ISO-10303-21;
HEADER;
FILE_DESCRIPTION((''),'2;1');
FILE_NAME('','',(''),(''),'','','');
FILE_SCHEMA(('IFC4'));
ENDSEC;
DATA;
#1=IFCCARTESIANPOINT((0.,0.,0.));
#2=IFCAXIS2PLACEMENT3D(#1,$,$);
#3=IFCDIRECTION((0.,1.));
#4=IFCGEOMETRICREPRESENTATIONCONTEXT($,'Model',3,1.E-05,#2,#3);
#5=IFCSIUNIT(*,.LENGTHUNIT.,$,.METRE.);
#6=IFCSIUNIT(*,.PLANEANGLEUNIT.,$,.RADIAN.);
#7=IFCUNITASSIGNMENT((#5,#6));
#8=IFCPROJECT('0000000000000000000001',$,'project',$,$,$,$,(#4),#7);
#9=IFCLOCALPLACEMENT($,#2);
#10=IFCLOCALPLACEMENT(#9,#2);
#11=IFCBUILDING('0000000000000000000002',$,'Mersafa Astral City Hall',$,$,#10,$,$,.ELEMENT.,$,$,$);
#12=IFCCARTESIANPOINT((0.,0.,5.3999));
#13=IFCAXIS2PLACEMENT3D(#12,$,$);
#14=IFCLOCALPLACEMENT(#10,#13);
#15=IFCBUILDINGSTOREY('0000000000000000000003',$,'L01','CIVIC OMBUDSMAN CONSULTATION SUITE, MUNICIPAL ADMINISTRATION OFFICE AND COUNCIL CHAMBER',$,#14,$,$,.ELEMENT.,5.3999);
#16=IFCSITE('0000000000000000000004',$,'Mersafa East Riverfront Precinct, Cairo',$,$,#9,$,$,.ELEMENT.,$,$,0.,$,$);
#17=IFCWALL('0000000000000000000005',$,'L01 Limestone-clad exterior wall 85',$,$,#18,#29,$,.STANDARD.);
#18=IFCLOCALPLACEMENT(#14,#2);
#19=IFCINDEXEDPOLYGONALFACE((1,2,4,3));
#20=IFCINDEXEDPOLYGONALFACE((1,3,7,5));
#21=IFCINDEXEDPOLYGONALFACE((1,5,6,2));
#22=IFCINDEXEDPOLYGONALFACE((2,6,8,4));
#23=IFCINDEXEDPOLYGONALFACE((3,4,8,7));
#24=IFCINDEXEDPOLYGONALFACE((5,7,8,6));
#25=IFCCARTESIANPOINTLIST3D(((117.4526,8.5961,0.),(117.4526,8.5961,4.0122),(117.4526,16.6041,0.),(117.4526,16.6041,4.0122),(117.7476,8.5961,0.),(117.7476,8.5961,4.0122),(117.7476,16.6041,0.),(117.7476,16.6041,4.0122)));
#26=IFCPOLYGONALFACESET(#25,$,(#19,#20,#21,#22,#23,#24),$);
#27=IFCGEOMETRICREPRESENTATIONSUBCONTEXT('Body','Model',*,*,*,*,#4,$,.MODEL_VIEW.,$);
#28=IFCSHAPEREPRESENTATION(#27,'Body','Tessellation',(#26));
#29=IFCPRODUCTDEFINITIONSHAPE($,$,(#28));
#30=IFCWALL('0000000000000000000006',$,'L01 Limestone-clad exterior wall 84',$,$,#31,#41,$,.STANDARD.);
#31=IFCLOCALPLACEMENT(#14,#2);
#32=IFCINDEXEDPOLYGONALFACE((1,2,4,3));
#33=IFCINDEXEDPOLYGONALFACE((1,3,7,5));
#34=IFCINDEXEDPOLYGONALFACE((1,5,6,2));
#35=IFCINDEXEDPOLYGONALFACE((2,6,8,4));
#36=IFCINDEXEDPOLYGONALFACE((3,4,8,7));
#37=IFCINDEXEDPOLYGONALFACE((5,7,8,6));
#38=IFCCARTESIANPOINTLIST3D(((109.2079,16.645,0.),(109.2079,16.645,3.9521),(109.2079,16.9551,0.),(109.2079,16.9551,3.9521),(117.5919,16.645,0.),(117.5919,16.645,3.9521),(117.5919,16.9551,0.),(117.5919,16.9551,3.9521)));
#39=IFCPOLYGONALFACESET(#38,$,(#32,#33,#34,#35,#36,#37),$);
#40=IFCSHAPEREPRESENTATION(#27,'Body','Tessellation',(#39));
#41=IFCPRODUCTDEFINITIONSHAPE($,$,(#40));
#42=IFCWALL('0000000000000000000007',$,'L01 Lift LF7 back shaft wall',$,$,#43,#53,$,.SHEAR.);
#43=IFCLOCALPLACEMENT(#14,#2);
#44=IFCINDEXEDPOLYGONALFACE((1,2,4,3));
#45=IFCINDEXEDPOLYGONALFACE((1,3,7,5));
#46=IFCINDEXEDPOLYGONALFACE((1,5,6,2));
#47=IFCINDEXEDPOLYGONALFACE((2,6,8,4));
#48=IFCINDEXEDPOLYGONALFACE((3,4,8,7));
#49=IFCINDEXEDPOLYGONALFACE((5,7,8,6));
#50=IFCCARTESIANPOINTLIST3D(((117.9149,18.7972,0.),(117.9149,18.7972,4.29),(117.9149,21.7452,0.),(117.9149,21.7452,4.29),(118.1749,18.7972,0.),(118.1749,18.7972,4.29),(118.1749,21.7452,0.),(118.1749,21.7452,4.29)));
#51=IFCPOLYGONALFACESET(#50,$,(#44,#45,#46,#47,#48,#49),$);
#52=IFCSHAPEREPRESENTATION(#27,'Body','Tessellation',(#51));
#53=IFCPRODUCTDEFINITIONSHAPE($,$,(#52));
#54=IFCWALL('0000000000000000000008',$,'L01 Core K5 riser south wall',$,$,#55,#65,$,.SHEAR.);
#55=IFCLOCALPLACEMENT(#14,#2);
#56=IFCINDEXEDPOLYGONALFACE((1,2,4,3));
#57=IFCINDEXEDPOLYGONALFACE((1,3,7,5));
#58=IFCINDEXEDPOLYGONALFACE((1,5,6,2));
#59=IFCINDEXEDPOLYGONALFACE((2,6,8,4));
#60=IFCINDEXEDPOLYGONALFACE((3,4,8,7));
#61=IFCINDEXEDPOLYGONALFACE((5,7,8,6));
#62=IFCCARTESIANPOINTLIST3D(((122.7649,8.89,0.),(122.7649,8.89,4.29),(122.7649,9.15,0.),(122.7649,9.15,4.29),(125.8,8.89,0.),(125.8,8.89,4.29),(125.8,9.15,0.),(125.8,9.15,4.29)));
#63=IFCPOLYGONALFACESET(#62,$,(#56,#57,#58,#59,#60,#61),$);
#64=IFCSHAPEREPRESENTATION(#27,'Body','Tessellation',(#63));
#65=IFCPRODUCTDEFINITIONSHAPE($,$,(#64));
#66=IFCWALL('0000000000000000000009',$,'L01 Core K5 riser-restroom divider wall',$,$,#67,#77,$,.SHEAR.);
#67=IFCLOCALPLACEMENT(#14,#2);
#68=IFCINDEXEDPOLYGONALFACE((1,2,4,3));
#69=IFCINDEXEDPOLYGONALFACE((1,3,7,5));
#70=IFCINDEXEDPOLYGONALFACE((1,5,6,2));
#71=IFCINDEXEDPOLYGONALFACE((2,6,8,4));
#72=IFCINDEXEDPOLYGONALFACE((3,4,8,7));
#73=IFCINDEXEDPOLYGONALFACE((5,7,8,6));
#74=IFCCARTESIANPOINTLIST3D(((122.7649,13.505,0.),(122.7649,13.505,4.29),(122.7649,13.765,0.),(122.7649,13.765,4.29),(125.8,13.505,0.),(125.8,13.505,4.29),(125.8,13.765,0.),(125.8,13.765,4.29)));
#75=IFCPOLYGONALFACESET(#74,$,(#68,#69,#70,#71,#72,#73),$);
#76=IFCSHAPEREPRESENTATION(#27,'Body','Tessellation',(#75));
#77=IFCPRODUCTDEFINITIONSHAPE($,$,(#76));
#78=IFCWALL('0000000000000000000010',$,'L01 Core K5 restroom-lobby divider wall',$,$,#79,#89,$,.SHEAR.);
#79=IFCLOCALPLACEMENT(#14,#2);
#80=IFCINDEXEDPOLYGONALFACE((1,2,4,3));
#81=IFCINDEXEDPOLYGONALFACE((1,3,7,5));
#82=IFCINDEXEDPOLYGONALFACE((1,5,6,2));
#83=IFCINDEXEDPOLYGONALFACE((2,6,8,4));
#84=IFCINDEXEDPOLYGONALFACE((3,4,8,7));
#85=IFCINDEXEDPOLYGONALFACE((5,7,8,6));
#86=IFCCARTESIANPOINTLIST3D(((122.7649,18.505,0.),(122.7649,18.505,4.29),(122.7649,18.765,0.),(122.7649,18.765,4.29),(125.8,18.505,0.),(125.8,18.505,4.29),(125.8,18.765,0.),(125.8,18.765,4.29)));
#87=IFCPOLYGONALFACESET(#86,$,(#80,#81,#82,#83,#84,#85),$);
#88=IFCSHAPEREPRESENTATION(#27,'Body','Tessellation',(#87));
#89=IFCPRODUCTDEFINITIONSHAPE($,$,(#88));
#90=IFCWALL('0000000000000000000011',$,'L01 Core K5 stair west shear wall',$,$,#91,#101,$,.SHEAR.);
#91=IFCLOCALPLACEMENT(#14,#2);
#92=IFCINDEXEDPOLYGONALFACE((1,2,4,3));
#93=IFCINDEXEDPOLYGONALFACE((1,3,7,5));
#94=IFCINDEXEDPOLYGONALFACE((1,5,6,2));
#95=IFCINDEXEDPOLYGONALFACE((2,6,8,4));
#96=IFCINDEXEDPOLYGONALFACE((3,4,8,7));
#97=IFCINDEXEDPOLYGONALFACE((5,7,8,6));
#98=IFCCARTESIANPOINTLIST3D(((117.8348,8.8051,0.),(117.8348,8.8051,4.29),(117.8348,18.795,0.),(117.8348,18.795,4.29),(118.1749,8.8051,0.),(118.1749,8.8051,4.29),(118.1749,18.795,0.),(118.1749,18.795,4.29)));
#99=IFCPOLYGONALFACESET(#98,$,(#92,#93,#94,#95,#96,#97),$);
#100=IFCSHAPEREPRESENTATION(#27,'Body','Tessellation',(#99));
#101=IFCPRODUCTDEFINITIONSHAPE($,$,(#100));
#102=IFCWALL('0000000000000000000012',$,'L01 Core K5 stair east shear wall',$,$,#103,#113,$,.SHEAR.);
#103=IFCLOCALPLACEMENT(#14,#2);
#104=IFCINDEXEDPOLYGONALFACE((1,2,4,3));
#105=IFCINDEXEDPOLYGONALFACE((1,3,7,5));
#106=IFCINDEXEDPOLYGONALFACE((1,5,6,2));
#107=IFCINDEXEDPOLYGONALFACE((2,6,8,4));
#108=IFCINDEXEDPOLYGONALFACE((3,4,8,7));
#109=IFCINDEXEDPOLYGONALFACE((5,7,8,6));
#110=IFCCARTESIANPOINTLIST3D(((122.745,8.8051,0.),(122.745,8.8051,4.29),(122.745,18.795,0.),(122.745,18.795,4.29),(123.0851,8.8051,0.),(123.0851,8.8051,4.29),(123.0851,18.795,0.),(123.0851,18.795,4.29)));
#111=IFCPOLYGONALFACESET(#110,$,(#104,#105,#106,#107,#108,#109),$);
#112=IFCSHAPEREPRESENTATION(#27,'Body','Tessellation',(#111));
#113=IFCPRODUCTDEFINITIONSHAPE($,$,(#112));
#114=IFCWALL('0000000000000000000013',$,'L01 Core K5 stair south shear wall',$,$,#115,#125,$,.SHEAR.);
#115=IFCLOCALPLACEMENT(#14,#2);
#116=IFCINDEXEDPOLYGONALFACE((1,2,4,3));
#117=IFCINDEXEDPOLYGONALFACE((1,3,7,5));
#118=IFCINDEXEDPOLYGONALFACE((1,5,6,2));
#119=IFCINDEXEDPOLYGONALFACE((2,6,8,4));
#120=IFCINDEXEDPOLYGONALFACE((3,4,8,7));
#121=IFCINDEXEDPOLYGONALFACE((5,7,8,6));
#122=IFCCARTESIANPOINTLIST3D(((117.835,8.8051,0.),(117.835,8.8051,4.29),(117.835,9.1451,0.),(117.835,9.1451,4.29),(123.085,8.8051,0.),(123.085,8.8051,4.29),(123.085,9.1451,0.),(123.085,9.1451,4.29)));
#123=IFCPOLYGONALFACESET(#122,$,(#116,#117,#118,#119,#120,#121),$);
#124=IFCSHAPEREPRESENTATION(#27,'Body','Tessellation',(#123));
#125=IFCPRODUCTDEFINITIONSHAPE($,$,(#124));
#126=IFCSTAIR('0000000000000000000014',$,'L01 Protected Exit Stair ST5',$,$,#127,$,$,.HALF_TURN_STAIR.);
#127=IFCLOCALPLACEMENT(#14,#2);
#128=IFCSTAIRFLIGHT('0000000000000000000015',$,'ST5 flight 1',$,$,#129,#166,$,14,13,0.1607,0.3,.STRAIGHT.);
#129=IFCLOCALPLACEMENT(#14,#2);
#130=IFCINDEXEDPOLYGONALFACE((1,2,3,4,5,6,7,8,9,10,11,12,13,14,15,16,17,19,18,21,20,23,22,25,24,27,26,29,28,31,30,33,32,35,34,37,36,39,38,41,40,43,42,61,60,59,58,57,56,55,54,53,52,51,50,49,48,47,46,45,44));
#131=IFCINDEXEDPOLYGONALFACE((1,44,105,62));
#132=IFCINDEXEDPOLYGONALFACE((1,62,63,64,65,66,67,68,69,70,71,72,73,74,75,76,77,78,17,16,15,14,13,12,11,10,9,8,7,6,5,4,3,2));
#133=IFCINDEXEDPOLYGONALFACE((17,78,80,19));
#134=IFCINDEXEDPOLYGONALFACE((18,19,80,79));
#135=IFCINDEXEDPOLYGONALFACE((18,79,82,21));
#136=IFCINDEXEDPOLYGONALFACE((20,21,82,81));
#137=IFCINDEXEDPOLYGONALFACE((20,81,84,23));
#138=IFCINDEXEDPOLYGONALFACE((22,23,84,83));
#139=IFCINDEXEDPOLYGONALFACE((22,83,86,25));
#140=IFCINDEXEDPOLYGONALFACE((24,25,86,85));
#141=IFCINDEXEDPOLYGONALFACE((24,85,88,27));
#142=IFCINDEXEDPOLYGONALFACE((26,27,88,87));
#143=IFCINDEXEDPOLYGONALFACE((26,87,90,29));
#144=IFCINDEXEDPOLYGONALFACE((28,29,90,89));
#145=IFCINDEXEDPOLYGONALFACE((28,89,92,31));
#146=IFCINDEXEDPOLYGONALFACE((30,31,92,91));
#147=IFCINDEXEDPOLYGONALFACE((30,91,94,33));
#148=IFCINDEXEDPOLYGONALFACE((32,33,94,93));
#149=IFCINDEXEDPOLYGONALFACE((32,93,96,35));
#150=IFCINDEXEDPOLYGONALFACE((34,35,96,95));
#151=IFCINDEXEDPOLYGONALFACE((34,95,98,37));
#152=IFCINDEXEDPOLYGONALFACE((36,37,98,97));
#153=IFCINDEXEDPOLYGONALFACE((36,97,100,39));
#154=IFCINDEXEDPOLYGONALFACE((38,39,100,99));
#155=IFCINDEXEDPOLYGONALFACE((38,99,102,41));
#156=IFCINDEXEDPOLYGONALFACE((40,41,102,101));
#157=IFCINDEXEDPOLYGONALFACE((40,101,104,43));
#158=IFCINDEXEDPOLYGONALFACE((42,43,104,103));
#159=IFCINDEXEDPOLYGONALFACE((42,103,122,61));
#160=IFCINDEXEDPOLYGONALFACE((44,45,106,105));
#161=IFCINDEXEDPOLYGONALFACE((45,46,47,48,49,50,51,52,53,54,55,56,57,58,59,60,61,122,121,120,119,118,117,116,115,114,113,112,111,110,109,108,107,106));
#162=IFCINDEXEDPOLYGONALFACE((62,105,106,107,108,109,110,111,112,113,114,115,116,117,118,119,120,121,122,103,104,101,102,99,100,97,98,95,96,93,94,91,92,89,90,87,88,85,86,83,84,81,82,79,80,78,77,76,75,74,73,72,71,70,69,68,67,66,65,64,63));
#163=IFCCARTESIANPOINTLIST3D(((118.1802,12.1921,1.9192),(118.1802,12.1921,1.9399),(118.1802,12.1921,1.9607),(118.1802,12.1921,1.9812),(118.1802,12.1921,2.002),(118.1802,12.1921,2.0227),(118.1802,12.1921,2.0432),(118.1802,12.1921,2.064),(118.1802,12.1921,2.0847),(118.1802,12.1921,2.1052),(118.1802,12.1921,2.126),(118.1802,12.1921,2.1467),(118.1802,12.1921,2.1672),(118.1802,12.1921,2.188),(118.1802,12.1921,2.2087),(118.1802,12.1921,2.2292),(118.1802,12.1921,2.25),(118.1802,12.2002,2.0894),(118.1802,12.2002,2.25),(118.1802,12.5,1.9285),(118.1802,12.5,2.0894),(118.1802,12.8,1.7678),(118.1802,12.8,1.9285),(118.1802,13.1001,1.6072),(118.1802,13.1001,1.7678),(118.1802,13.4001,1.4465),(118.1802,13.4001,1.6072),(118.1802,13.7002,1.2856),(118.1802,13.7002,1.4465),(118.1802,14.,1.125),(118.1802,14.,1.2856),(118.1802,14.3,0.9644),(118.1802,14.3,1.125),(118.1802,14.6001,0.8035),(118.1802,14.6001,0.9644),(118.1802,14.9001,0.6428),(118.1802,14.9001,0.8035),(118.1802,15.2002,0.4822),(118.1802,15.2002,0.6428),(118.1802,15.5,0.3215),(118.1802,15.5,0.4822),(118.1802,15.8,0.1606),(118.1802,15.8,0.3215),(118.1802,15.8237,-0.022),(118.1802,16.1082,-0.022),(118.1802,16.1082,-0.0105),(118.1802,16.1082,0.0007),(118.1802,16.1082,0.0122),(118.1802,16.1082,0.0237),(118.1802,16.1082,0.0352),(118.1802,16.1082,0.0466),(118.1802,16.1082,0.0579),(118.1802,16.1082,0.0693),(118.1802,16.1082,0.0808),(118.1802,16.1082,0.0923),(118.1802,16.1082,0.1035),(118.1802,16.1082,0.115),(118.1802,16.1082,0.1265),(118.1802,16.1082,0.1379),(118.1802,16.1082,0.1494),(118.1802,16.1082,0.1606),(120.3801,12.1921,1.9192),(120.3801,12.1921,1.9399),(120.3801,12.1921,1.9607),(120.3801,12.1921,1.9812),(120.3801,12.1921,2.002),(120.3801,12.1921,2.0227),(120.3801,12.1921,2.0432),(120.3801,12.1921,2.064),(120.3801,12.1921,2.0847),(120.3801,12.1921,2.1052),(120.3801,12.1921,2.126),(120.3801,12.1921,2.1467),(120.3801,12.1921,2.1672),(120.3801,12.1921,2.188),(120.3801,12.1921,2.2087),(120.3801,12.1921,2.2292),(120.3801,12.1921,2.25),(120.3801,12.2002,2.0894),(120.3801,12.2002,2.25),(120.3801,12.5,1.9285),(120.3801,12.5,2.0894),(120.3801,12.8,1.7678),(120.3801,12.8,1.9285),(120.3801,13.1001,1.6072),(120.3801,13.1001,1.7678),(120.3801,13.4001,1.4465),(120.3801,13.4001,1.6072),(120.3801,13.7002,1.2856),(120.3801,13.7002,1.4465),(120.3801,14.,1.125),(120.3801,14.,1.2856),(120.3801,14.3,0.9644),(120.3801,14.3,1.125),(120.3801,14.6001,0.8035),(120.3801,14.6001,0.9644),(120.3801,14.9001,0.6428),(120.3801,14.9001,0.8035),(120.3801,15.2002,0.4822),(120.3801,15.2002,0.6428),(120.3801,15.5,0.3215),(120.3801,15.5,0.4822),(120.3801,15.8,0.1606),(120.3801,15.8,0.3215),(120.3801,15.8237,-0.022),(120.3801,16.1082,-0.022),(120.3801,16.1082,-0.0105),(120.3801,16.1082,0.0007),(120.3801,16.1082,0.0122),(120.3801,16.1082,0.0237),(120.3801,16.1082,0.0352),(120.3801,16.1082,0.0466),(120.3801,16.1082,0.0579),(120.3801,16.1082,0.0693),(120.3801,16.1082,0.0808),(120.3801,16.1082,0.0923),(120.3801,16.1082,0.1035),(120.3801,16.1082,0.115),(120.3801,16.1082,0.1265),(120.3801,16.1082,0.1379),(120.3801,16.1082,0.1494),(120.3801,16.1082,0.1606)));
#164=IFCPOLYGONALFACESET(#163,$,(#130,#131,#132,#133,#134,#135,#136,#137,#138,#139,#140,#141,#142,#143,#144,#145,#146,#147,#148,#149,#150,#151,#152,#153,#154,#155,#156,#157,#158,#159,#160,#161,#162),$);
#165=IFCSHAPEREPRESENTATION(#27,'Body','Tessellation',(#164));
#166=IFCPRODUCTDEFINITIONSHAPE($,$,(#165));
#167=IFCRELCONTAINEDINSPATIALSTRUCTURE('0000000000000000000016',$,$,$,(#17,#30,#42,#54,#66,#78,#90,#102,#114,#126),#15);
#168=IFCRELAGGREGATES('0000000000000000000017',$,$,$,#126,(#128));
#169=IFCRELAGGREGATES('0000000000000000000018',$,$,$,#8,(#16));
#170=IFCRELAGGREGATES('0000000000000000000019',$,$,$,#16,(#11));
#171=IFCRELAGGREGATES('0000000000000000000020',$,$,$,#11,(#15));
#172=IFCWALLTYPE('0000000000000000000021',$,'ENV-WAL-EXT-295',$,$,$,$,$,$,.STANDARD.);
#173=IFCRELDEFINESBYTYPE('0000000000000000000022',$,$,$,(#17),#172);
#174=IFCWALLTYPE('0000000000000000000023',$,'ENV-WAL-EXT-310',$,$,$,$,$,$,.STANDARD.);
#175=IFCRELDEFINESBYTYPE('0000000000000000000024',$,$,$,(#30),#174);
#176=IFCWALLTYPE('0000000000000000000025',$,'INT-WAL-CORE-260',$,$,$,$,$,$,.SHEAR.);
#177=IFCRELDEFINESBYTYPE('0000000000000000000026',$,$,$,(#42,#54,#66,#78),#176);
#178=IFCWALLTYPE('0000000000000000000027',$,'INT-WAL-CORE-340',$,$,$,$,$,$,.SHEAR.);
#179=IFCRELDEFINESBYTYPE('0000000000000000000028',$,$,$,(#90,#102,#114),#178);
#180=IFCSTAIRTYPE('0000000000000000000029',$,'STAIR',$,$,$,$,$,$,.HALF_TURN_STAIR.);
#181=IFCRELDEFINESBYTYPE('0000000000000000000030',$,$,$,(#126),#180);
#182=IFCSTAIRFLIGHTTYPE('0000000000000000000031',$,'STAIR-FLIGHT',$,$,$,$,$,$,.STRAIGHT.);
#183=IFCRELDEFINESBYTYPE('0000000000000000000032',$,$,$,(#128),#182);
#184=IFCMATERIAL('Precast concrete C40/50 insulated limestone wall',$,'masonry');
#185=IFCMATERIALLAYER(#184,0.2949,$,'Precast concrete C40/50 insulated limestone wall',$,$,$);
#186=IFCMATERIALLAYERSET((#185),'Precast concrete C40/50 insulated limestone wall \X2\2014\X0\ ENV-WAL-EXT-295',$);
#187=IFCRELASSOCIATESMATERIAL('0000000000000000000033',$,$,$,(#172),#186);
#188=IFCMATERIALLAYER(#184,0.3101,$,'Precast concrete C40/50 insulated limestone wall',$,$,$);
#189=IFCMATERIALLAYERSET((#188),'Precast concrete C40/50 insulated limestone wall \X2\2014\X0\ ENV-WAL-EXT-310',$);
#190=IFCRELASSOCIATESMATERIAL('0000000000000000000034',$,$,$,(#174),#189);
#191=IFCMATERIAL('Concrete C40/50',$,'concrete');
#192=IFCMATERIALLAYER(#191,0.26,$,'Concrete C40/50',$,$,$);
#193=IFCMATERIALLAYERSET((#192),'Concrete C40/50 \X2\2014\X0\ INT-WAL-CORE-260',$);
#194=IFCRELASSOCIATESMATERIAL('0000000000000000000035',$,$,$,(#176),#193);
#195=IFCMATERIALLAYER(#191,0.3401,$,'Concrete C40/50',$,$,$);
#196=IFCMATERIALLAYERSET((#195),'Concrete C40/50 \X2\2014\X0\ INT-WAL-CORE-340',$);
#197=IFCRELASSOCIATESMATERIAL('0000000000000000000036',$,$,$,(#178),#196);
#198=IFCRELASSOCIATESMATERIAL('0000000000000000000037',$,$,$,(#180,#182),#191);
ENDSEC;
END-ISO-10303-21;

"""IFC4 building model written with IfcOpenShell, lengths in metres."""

from ifc_helpers import new_model, si_unit, direction, frame, frame_2d, origin, place, context, subcontext, project, spatial, polyline, rectangle, outline, extrude, material, layer, layer_set, type_object, element, aggregate, save


model = new_model("IFC4")

# Units and contexts
model_context = context("Model", 3, precision=1e-05, world=origin(), true_north=direction((0.0, 1.0)))
body_context = subcontext(model_context, "Body", "Model", "MODEL_VIEW")
ifc_project = project(units=[si_unit("LENGTHUNIT", "METRE"), si_unit("PLANEANGLEUNIT", "RADIAN")], contexts=[model_context])

# Site, building, storey
site_placement = place(None, origin())
site = spatial("IfcSite", under=ifc_project, at=site_placement, Name="Mersafa East Riverfront Precinct, Cairo", CompositionType="ELEMENT", RefElevation=0.0)
building_placement = place(site_placement, origin())
building = spatial("IfcBuilding", under=site, at=building_placement, Name="Mersafa Astral City Hall", CompositionType="ELEMENT")
storey_placement = place(building_placement, frame((0.0, 0.0, 5.3999)))
storey = spatial("IfcBuildingStorey", under=building, at=storey_placement, Name="L01", Description="CIVIC OMBUDSMAN CONSULTATION SUITE, MUNICIPAL ADMINISTRATION OFFICE AND COUNCIL CHAMBER", CompositionType="ELEMENT", Elevation=5.3999)

# Walls
ifc_material_1 = material(Name="Precast concrete C40/50 insulated limestone wall", Category="masonry")
ifc_layer_1 = layer(ifc_material_1, 0.2949, Name="Precast concrete C40/50 insulated limestone wall")
ifc_layer_set_1 = layer_set([ifc_layer_1], Name="Precast concrete C40/50 insulated limestone wall — ENV-WAL-EXT-295")
wall_type_1 = type_object("IfcWallType", Name="ENV-WAL-EXT-295", PredefinedType="STANDARD", material=ifc_layer_set_1)
wall_1_placement = place(storey_placement, frame((117.6001, 16.604, 0.0), z_axis=(0.0, 0.0, 1.0), x_axis=(0.0, -1.0, 0.0)))
element("IfcWall", 1, at=wall_1_placement, inside=storey, type_object=wall_type_1, Name="L01 Limestone-clad exterior wall 85", PredefinedType="STANDARD", context=body_context, shape_type="SweptSolid", body=[
    extrude(rectangle(XDim=8.0081, YDim=0.2949, at=frame_2d((4.0039, 0.0))), origin(), (0.0, 0.0, 1.0), 4.0122),
])
ifc_layer_2 = layer(ifc_material_1, 0.3101, Name="Precast concrete C40/50 insulated limestone wall")
ifc_layer_set_2 = layer_set([ifc_layer_2], Name="Precast concrete C40/50 insulated limestone wall — ENV-WAL-EXT-310")
wall_type_2 = type_object("IfcWallType", Name="ENV-WAL-EXT-310", PredefinedType="STANDARD", material=ifc_layer_set_2)
wall_2_placement = place(storey_placement, frame((109.208, 16.8, 0.0), z_axis=(0.0, 0.0, 1.0), x_axis=(1.0, 0.0, 0.0)))
element("IfcWall", 2, at=wall_2_placement, inside=storey, type_object=wall_type_2, Name="L01 Limestone-clad exterior wall 84", PredefinedType="STANDARD", context=body_context, shape_type="SweptSolid", body=[
    extrude(rectangle(XDim=8.384, YDim=0.3101, at=frame_2d((4.1919, 0.0))), origin(), (0.0, 0.0, 1.0), 3.9521),
])
ifc_material_2 = material(Name="Concrete C40/50", Category="concrete")
ifc_layer_3 = layer(ifc_material_2, 0.26, Name="Concrete C40/50")
ifc_layer_set_3 = layer_set([ifc_layer_3], Name="Concrete C40/50 — INT-WAL-CORE-260")
wall_type_3 = type_object("IfcWallType", Name="INT-WAL-CORE-260", PredefinedType="SHEAR", material=ifc_layer_set_3)
wall_3_placement = place(storey_placement, frame((118.0449, 18.7971, 0.0), z_axis=(0.0, 0.0, 1.0), x_axis=(0.0, 1.0, 0.0)))
element("IfcWall", 3, at=wall_3_placement, inside=storey, type_object=wall_type_3, Name="L01 Lift LF7 back shaft wall", PredefinedType="SHEAR", context=body_context, shape_type="SweptSolid", body=[
    extrude(rectangle(XDim=2.948, YDim=0.26, at=frame_2d((1.4741, 0.0))), origin(), (0.0, 0.0, 1.0), 4.29),
])
for number, where, z_axis, x_axis, name in (
    (4, (122.7649, 9.02, 0.0), (0.0, 0.0, 1.0), (1.0, 0.0, 0.0), "L01 Core K5 riser south wall"),
    (5, (122.7649, 13.635, 0.0), (0.0, 0.0, 1.0), (1.0, 0.0, 0.0), "L01 Core K5 riser-restroom divider wall"),
    (6, (122.7649, 18.635, 0.0), (0.0, 0.0, 1.0), (1.0, 0.0, 0.0), "L01 Core K5 restroom-lobby divider wall"),
):
    element("IfcWall", number, at=place(storey_placement, frame(where, z_axis=z_axis, x_axis=x_axis)), inside=storey, type_object=wall_type_3, Name=name, PredefinedType="SHEAR", context=body_context, shape_type="SweptSolid", body=[
        extrude(rectangle(XDim=3.0352, YDim=0.26, at=frame_2d((1.5176, 0.0))), origin(), (0.0, 0.0, 1.0), 4.29),
    ])
ifc_layer_4 = layer(ifc_material_2, 0.3401, Name="Concrete C40/50")
ifc_layer_set_4 = layer_set([ifc_layer_4], Name="Concrete C40/50 — INT-WAL-CORE-340")
wall_type_4 = type_object("IfcWallType", Name="INT-WAL-CORE-340", PredefinedType="SHEAR", material=ifc_layer_set_4)
for number, where, z_axis, x_axis, name in (
    (7, (118.0049, 8.8049, 0.0), (0.0, 0.0, 1.0), (0.0, 1.0, 0.0), "L01 Core K5 stair west shear wall"),
    (8, (122.915, 8.8049, 0.0), (0.0, 0.0, 1.0), (0.0, 1.0, 0.0), "L01 Core K5 stair east shear wall"),
):
    element("IfcWall", number, at=place(storey_placement, frame(where, z_axis=z_axis, x_axis=x_axis)), inside=storey, type_object=wall_type_4, Name=name, PredefinedType="SHEAR", context=body_context, shape_type="SweptSolid", body=[
        extrude(rectangle(XDim=9.99, YDim=0.3401, at=frame_2d((4.9951, 0.0))), origin(), (0.0, 0.0, 1.0), 4.29),
    ])
wall_4_placement = place(storey_placement, frame((117.835, 8.9751, 0.0), z_axis=(0.0, 0.0, 1.0), x_axis=(1.0, 0.0, 0.0)))
element("IfcWall", 9, at=wall_4_placement, inside=storey, type_object=wall_type_4, Name="L01 Core K5 stair south shear wall", PredefinedType="SHEAR", context=body_context, shape_type="SweptSolid", body=[
    extrude(rectangle(XDim=5.25, YDim=0.3401, at=frame_2d((2.625, 0.0))), origin(), (0.0, 0.0, 1.0), 4.29),
])

# Stair, stair flight
stair_type = type_object("IfcStairType", Name="STAIR", PredefinedType="HALF_TURN_STAIR", material=ifc_material_2)
stair_placement = place(storey_placement, origin())
stair = element("IfcStair", 10, at=stair_placement, inside=storey, type_object=stair_type, Name="L01 Protected Exit Stair ST5", PredefinedType="HALF_TURN_STAIR")
stair_flight_type = type_object("IfcStairFlightType", Name="STAIR-FLIGHT", PredefinedType="STRAIGHT", material=ifc_material_2)
stair_flight_1_placement = place(storey_placement, frame((119.28, 16.1001, 0.0), z_axis=(0.0, 0.0, 1.0), x_axis=(0.0, -1.0, 0.0)))
stair_flight_1 = element("IfcStairFlight", 11, at=stair_flight_1_placement, type_object=stair_flight_type, Name="ST5 flight 1", NumberOfRisers=14, NumberOfTreads=13, PredefinedType="STRAIGHT", RiserHeight=0.1607, TreadLength=0.3, context=body_context, shape_type="SweptSolid", body=[
    extrude(outline(polyline([(-0.0081, -0.022), (-0.0081, -0.0105), (-0.0081, 0.0007), (-0.0081, 0.0122), (-0.0081, 0.0237), (-0.0081, 0.0352), (-0.0081, 0.0466), (-0.0081, 0.0579), (-0.0081, 0.0693), (-0.0081, 0.0808), (-0.0081, 0.0923), (-0.0081, 0.1035), (-0.0081, 0.115), (-0.0081, 0.1265), (-0.0081, 0.1379), (-0.0081, 0.1494), (-0.0081, 0.1606), (0.3, 0.1606), (0.3, 0.3215), (0.6001, 0.3215), (0.6001, 0.4822), (0.8999, 0.4822), (0.8999, 0.6428), (1.2, 0.6428), (1.2, 0.8035), (1.5, 0.8035), (1.5, 0.9644), (1.8, 0.9644), (1.8, 1.125), (2.1001, 1.125), (2.1001, 1.2856), (2.3999, 1.2856), (2.3999, 1.4465), (2.7, 1.4465), (2.7, 1.6072), (3.0, 1.6072), (3.0, 1.7678), (3.3, 1.7678), (3.3, 1.9285), (3.6001, 1.9285), (3.6001, 2.0894), (3.8999, 2.0894), (3.8999, 2.25), (3.908, 2.25), (3.908, 2.2292), (3.908, 2.2087), (3.908, 2.188), (3.908, 2.1672), (3.908, 2.1467), (3.908, 2.126), (3.908, 2.1052), (3.908, 2.0847), (3.908, 2.064), (3.908, 2.0432), (3.908, 2.0227), (3.908, 2.002), (3.908, 1.9812), (3.908, 1.9607), (3.908, 1.9399), (3.908, 1.9192), (0.2764, -0.022), (-0.0081, -0.022)])), frame((0.0, 1.1001, 0.0), z_axis=(0.0, -1.0, 0.0), x_axis=(1.0, 0.0, 0.0)), (0.0, 0.0, 1.0), 2.2),
])
aggregate(stair, [stair_flight_1])

save(model, "model.ifc")
